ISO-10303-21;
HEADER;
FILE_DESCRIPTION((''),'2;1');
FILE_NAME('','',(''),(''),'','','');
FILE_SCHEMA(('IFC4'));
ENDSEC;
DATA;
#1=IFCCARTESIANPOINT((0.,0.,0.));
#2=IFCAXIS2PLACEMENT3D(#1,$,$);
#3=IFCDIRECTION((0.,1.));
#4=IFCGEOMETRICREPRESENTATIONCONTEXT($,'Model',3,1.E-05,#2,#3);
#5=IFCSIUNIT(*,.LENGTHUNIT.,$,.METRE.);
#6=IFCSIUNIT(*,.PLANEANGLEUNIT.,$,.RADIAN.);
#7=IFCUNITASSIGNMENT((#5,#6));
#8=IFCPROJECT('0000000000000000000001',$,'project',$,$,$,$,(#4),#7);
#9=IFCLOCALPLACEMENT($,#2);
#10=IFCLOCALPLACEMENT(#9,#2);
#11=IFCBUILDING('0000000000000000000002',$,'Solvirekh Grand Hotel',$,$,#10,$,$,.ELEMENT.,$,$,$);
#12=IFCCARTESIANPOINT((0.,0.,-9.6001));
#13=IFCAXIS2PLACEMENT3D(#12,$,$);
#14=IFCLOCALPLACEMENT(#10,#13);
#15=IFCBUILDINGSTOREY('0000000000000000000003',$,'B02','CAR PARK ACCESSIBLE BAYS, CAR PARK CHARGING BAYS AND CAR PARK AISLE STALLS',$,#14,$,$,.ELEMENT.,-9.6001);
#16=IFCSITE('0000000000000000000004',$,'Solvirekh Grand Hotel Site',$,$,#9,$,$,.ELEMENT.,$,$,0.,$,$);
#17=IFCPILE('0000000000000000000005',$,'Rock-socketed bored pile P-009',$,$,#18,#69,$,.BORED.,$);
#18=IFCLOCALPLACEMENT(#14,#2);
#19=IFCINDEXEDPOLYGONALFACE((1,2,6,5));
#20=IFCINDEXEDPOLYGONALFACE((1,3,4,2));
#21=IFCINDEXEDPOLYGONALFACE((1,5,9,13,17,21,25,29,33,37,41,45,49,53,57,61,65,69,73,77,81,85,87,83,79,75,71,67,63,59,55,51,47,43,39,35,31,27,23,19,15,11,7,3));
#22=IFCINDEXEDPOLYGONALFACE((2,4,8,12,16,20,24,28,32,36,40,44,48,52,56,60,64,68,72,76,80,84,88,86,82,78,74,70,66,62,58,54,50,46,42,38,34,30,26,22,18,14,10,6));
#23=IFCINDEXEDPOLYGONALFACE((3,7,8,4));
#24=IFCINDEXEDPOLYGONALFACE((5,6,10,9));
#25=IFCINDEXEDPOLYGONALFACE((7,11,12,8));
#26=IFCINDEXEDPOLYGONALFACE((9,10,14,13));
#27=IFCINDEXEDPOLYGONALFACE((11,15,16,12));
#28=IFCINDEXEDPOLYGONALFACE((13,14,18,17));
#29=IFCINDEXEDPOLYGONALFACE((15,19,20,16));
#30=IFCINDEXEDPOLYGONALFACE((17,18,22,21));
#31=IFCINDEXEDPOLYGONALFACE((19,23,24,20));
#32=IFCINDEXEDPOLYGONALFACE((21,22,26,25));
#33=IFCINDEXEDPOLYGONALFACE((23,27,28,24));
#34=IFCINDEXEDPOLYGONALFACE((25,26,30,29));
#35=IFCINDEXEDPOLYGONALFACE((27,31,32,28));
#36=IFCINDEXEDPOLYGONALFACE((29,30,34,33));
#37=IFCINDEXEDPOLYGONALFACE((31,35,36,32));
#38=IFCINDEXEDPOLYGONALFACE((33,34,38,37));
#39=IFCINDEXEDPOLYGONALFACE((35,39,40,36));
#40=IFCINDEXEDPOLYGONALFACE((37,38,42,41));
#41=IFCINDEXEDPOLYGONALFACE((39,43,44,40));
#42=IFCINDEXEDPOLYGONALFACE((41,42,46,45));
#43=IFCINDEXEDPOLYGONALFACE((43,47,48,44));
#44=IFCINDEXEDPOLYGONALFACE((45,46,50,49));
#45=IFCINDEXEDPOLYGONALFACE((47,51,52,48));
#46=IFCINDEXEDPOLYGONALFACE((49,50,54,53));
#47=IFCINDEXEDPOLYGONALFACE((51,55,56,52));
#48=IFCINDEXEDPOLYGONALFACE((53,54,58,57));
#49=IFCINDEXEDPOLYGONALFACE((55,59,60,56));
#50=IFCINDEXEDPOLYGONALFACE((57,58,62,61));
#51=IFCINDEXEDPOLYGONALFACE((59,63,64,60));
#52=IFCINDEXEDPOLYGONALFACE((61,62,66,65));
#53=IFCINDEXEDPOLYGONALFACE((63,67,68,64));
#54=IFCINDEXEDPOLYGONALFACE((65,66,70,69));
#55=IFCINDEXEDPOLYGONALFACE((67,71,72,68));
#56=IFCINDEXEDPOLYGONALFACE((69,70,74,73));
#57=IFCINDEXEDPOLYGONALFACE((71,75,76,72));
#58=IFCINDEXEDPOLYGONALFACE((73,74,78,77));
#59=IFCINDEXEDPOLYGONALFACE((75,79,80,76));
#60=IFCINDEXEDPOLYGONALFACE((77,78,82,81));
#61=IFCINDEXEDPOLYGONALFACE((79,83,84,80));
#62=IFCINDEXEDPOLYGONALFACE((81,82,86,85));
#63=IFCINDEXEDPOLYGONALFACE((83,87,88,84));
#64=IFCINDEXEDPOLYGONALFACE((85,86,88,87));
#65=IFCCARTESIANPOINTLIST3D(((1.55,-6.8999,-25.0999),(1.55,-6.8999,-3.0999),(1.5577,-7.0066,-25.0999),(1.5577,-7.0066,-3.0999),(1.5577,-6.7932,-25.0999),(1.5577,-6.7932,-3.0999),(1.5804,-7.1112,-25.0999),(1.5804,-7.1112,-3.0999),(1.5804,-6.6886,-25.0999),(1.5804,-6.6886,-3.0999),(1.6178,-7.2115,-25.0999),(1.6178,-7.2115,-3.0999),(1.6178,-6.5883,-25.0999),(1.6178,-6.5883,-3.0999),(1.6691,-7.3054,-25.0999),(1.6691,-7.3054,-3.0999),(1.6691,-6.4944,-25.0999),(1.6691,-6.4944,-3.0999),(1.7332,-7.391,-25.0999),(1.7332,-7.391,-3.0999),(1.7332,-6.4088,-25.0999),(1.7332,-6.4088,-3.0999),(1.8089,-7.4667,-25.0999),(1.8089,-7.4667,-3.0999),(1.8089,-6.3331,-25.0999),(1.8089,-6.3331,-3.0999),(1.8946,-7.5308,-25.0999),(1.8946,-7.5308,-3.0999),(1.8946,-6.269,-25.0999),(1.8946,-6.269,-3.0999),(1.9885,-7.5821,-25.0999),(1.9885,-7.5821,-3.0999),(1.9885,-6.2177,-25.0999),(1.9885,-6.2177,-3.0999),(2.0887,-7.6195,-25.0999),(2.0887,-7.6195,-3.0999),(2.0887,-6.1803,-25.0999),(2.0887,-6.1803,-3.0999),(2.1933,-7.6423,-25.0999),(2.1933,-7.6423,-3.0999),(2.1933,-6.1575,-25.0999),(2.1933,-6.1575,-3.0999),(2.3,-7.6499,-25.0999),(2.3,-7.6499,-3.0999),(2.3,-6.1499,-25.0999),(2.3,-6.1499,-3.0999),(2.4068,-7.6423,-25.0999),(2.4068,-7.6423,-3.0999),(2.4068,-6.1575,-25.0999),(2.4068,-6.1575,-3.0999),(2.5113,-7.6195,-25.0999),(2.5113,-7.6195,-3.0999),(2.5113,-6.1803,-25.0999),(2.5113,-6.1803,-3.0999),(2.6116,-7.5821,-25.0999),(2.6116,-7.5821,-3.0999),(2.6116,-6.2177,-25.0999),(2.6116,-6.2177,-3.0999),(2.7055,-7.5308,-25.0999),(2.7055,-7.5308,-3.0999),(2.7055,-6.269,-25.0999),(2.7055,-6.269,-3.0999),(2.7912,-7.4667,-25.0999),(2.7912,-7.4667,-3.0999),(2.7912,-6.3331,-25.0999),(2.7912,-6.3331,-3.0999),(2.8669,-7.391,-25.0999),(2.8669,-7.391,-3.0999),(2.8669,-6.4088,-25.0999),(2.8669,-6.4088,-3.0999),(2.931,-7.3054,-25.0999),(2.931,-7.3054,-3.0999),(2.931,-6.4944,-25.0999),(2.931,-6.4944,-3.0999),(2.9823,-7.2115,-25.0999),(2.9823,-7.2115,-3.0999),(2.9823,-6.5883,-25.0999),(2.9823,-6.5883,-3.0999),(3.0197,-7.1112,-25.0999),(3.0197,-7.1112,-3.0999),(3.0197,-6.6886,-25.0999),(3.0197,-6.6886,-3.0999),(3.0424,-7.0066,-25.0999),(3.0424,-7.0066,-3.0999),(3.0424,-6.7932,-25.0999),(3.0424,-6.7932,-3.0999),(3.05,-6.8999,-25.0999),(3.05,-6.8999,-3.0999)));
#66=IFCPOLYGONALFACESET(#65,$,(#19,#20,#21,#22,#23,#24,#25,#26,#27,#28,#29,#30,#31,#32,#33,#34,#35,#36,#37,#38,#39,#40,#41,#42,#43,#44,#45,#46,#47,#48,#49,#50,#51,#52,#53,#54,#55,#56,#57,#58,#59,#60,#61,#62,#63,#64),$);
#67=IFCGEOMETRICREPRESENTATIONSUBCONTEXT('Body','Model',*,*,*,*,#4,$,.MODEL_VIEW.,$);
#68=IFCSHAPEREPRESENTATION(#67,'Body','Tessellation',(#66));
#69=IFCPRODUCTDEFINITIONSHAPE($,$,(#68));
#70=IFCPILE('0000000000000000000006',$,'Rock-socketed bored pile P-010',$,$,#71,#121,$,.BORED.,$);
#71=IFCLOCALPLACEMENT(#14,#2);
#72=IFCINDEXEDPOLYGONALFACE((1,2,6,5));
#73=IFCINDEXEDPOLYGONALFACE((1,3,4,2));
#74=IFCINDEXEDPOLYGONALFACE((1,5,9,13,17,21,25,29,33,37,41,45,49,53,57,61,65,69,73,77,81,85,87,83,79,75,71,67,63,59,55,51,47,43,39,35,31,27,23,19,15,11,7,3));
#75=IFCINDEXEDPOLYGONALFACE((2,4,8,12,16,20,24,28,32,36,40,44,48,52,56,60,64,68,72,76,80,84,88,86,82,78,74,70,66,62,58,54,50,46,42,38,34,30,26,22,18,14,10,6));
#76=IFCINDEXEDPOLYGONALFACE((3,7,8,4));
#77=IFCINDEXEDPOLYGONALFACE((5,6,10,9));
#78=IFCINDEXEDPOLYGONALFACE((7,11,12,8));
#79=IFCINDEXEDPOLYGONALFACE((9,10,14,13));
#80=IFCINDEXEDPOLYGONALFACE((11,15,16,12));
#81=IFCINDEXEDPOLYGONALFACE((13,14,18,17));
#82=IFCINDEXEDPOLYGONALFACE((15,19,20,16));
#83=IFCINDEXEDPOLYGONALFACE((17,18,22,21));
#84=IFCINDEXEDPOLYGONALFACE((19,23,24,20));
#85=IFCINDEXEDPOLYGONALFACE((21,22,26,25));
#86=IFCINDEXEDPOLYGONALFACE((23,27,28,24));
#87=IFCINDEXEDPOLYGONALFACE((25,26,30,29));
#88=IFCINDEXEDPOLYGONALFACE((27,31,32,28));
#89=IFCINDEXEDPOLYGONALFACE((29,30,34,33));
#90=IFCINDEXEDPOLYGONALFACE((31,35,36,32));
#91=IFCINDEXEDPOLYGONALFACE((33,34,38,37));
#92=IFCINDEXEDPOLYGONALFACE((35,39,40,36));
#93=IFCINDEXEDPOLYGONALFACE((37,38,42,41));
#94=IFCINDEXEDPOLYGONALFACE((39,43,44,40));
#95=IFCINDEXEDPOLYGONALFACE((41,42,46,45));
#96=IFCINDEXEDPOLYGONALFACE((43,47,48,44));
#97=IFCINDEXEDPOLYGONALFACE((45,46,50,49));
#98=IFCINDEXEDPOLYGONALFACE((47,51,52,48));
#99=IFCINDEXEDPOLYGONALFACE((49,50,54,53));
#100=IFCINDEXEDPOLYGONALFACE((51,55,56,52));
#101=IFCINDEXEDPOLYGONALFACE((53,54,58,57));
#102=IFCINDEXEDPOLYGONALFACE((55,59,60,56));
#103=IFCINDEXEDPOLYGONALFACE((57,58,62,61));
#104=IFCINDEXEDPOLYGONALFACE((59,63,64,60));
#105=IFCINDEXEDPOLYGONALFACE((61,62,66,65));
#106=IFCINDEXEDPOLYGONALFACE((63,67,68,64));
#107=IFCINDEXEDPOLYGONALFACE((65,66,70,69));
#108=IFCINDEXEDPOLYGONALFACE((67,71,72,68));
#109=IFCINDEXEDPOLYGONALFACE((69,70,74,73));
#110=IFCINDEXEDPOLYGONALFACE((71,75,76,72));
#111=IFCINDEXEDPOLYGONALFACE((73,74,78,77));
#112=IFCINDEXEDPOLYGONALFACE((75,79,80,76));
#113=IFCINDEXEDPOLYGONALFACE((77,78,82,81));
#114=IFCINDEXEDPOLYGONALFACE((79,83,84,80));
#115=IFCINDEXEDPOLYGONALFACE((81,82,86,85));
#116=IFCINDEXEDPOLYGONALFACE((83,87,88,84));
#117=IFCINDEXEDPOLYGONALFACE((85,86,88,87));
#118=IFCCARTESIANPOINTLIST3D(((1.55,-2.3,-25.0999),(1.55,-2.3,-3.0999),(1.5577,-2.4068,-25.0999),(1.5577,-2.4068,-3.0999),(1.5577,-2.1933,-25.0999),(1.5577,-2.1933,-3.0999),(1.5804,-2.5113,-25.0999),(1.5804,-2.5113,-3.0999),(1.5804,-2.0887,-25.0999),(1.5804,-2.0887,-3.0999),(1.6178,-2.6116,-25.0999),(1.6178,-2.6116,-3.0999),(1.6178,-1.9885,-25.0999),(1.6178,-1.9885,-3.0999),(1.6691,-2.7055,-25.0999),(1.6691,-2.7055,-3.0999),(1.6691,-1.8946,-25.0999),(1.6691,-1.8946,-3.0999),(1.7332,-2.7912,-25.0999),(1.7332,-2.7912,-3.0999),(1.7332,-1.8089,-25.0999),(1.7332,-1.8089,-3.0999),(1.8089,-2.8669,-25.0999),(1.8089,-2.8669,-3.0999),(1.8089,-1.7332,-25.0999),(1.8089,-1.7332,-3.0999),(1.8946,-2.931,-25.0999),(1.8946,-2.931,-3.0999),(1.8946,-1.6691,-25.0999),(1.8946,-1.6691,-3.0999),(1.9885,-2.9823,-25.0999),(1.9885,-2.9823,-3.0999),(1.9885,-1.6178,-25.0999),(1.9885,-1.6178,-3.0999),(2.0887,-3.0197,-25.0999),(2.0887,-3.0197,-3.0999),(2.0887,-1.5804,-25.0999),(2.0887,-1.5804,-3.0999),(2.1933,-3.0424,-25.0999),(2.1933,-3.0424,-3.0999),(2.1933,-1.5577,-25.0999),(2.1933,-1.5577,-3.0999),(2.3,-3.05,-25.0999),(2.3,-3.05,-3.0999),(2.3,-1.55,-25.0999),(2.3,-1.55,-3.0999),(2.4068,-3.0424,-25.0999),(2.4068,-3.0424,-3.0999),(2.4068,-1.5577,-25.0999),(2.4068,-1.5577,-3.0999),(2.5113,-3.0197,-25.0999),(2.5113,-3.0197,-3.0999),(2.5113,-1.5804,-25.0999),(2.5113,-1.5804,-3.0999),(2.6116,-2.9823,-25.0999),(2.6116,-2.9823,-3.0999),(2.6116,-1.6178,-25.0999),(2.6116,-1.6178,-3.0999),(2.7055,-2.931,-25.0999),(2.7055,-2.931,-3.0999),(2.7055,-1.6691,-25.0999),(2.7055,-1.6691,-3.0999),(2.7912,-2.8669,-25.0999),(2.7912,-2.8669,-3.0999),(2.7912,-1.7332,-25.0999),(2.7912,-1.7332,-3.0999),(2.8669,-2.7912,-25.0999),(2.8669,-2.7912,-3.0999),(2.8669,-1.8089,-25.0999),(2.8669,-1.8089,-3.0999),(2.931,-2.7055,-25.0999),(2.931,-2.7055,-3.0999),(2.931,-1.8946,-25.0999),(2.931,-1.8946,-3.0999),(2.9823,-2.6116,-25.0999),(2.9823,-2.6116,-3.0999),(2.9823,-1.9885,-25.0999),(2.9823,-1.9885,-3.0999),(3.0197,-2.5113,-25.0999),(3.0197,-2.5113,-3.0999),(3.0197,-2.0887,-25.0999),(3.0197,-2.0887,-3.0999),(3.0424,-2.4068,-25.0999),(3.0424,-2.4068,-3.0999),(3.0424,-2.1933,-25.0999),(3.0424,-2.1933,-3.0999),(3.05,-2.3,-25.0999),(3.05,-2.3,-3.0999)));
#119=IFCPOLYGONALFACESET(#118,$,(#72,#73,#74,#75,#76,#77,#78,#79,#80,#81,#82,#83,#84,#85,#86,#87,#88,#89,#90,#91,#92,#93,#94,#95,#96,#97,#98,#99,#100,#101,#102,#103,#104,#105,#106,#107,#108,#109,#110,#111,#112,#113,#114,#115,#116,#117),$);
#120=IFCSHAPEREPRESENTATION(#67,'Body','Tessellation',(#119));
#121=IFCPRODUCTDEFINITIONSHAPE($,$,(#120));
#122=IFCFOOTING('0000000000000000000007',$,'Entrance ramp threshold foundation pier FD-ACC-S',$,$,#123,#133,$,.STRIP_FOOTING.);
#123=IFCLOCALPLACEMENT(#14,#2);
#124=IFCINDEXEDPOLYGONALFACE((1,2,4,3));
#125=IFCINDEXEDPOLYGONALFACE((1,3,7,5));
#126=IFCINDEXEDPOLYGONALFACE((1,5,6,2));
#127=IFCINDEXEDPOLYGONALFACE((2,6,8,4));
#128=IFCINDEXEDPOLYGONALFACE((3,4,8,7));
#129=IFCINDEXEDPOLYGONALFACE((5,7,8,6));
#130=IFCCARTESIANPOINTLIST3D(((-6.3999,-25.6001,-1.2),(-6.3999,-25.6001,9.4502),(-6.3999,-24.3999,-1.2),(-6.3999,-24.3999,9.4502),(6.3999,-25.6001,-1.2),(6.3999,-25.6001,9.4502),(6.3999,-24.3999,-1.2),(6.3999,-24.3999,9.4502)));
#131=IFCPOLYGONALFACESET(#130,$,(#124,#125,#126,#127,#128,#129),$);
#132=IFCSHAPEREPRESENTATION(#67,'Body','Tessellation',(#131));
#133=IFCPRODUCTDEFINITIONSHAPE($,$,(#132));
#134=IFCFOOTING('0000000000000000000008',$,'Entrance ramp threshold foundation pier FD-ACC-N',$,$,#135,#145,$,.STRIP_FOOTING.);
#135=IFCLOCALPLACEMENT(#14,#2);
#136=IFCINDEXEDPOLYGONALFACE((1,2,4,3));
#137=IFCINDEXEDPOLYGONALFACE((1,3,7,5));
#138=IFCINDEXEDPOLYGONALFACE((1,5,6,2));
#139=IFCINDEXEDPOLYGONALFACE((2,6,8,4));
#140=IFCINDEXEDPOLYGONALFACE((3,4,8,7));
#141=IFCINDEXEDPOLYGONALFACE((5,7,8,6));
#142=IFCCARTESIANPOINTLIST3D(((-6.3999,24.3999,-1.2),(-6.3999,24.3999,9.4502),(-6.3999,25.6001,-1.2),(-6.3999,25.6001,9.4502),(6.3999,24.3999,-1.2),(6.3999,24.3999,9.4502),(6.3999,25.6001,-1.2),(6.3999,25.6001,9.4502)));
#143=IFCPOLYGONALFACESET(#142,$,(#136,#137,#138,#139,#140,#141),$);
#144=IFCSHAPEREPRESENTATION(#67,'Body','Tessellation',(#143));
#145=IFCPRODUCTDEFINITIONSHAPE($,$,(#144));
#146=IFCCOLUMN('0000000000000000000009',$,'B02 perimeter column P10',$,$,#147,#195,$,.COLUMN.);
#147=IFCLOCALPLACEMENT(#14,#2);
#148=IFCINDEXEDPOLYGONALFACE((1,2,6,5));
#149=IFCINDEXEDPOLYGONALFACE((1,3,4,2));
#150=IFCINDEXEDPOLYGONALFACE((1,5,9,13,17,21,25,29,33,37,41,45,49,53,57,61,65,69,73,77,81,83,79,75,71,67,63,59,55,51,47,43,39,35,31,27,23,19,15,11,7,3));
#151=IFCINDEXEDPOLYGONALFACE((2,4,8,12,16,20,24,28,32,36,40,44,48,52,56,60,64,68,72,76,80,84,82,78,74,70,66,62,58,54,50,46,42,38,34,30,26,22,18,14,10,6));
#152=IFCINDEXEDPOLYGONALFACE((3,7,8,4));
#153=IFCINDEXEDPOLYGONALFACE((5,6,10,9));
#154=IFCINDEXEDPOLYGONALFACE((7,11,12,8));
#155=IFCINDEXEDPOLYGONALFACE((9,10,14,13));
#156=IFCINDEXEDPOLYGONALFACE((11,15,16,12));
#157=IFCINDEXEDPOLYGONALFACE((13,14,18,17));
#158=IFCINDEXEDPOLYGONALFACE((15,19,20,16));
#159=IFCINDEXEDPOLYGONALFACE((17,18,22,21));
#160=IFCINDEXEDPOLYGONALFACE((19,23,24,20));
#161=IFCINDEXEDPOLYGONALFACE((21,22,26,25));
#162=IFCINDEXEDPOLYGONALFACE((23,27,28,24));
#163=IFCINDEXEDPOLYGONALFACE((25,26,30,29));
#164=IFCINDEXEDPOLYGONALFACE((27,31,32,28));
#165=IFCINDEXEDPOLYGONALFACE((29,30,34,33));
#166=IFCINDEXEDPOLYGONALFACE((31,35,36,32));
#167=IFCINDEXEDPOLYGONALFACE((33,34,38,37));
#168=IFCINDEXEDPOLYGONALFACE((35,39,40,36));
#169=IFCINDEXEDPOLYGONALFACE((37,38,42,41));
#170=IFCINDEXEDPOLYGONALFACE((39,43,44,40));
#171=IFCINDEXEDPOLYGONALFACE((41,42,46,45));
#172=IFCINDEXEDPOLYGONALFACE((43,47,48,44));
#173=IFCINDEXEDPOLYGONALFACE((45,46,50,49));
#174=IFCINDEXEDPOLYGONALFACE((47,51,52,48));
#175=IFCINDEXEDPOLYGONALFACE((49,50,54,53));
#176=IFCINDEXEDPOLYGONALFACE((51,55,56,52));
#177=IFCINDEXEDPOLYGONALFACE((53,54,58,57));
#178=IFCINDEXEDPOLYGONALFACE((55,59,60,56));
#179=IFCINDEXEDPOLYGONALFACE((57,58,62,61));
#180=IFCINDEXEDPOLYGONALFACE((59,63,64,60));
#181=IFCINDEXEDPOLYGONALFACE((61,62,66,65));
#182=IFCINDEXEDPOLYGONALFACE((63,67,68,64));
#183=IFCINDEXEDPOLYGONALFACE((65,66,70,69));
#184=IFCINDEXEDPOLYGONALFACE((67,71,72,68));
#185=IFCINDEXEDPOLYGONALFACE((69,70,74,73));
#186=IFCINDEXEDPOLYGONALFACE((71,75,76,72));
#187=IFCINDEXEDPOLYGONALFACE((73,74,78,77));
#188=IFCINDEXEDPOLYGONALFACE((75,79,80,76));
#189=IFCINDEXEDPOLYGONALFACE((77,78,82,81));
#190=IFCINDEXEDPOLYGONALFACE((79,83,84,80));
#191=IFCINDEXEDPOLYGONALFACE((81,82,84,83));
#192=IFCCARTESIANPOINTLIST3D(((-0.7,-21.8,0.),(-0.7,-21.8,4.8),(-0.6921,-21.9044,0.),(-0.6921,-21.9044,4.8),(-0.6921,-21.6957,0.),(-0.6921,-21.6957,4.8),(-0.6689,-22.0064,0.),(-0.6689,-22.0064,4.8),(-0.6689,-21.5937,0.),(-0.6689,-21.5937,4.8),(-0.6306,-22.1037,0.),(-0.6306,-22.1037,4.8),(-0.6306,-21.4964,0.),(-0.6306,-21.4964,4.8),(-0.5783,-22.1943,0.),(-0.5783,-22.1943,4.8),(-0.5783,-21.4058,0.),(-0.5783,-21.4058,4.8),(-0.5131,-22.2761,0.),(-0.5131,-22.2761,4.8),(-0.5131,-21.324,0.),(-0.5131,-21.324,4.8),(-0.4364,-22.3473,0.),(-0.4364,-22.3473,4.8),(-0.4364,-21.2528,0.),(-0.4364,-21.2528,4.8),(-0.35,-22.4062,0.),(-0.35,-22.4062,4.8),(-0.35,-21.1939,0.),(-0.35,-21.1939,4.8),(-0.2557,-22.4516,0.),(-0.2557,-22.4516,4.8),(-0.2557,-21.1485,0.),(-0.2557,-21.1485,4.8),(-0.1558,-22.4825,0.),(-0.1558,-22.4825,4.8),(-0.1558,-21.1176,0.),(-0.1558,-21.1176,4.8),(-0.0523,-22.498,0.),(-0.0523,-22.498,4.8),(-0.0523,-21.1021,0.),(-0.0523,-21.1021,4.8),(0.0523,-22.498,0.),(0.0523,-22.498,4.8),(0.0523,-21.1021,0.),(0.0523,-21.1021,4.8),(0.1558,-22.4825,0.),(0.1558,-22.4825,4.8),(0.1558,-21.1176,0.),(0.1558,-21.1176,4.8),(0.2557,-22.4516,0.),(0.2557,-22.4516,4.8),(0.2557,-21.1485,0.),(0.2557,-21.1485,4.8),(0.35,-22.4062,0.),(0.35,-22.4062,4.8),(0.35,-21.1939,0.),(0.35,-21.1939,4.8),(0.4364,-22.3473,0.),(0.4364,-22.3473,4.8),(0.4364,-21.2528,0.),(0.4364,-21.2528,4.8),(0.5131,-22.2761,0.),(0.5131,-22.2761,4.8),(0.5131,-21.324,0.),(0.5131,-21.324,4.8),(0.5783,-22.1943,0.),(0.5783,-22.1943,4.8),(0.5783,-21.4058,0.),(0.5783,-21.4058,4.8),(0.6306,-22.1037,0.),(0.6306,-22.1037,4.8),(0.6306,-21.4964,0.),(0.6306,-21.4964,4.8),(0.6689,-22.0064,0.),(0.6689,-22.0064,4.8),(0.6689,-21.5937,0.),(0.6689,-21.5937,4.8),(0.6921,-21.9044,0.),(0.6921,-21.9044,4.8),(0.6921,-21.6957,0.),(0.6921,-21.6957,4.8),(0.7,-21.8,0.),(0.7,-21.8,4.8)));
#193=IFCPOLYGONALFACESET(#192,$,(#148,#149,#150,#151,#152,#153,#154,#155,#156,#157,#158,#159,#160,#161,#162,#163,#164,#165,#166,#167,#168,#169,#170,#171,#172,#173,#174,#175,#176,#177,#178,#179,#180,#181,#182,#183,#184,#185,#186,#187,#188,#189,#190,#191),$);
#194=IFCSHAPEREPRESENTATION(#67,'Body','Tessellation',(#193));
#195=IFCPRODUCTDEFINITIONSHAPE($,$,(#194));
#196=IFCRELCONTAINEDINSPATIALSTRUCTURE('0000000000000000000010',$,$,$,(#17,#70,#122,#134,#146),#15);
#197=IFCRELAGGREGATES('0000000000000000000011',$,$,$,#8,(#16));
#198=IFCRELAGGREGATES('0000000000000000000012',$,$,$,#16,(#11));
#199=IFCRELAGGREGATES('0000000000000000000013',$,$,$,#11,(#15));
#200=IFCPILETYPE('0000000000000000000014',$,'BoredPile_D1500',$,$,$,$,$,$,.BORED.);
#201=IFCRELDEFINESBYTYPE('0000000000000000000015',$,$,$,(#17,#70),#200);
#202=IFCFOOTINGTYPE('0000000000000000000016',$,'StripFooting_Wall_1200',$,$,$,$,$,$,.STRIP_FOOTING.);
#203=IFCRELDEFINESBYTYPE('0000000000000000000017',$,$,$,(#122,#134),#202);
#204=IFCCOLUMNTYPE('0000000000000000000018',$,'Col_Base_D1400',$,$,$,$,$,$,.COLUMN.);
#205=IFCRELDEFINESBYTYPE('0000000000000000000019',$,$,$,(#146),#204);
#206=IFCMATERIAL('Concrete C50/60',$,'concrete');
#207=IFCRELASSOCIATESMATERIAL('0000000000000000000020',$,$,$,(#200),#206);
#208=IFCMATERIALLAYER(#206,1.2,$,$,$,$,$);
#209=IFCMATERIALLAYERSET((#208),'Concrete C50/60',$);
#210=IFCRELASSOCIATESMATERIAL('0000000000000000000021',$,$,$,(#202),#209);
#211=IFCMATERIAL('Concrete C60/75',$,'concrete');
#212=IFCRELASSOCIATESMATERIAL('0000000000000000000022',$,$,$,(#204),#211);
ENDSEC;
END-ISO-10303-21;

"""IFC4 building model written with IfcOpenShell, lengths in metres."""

from ifc_helpers import new_model, si_unit, direction, frame, origin, origin_2d, place, context, subcontext, project, spatial, polyline, circle, outline, extrude, material, layer, layer_set, material_profile, profile_set, type_object, element, save


model = new_model("IFC4")

# Units and contexts
model_context = context("Model", 3, precision=1e-05, world=origin(), true_north=direction((0.0, 1.0)))
body_context = subcontext(model_context, "Body", "Model", "MODEL_VIEW")
ifc_project = project(units=[si_unit("LENGTHUNIT", "METRE"), si_unit("PLANEANGLEUNIT", "RADIAN")], contexts=[model_context])

# Site, building, storey
site_placement = place(None, origin())
site = spatial("IfcSite", under=ifc_project, at=site_placement, Name="Solvirekh Grand Hotel Site", CompositionType="ELEMENT", RefElevation=0.0)
building_placement = place(site_placement, origin())
building = spatial("IfcBuilding", under=site, at=building_placement, Name="Solvirekh Grand Hotel", CompositionType="ELEMENT")
storey_placement = place(building_placement, frame((0.0, 0.0, -9.6001)))
storey = spatial("IfcBuildingStorey", under=building, at=storey_placement, Name="B02", Description="CAR PARK ACCESSIBLE BAYS, CAR PARK CHARGING BAYS AND CAR PARK AISLE STALLS", CompositionType="ELEMENT", Elevation=-9.6001)

# Piles
ifc_material_1 = material(Name="Concrete C50/60", Category="concrete")
ifc_material_profile_1 = material_profile(ifc_material_1, circle(Radius=0.75, at=origin_2d()), Name="BORED PILE D1500")
ifc_profile_set_1 = profile_set([ifc_material_profile_1], Name="Concrete C50/60")
pile_type_1 = type_object("IfcPileType", Name="BoredPile_D1500", PredefinedType="BORED", material=ifc_profile_set_1)
for number, where, z_axis, x_axis, name in (
    (1, (2.3, -6.8999, -3.0999), (0.0, 0.0, -1.0), (1.0, 0.0, 0.0), "Rock-socketed bored pile P-009"),
    (2, (2.3, -2.3, -3.0999), (0.0, 0.0, -1.0), (1.0, 0.0, 0.0), "Rock-socketed bored pile P-010"),
):
    element("IfcPile", number, at=place(storey_placement, frame(where, z_axis=z_axis, x_axis=x_axis)), inside=storey, type_object=pile_type_1, Name=name, PredefinedType="BORED", context=body_context, shape_type="SweptSolid", body=[
        extrude(circle(Radius=0.75, at=origin_2d()), origin(), (0.0, 0.0, 1.0), 22.0),
    ])

# Footings
ifc_layer_1 = layer(ifc_material_1, 1.2)
ifc_layer_set_1 = layer_set([ifc_layer_1], Name="Concrete C50/60")
footing_type = type_object("IfcFootingType", Name="StripFooting_Wall_1200", PredefinedType="STRIP_FOOTING", material=ifc_layer_set_1)
footing_1_placement = place(storey_placement, frame((0.0, 0.0, -1.2)))
element("IfcFooting", 3, at=footing_1_placement, inside=storey, type_object=footing_type, Name="Entrance ramp threshold foundation pier FD-ACC-S", PredefinedType="STRIP_FOOTING", context=body_context, shape_type="SweptSolid", body=[
    extrude(outline(polyline([(-6.3999, -25.6001), (6.3999, -25.6001), (6.3999, -24.3999), (-6.3999, -24.3999), (-6.3999, -25.6001)])), origin(), (0.0, 0.0, 1.0), 10.6501),
])
footing_2_placement = place(storey_placement, frame((0.0, 0.0, -1.2)))
element("IfcFooting", 4, at=footing_2_placement, inside=storey, type_object=footing_type, Name="Entrance ramp threshold foundation pier FD-ACC-N", PredefinedType="STRIP_FOOTING", context=body_context, shape_type="SweptSolid", body=[
    extrude(outline(polyline([(-6.3999, 24.3999), (6.3999, 24.3999), (6.3999, 25.6001), (-6.3999, 25.6001), (-6.3999, 24.3999)])), origin(), (0.0, 0.0, 1.0), 10.6501),
])

# Column
ifc_material_2 = material(Name="Concrete C60/75", Category="concrete")
ifc_material_profile_2 = material_profile(ifc_material_2, circle(Radius=0.7, at=origin_2d()), Name="RC CIRC D1400")
ifc_profile_set_2 = profile_set([ifc_material_profile_2], Name="Concrete C60/75")
column_type_1 = type_object("IfcColumnType", Name="Col_Base_D1400", PredefinedType="COLUMN", material=ifc_profile_set_2)
column_1_placement = place(storey_placement, frame((0.0, -21.8, 0.0), z_axis=(0.0, 0.0, 1.0), x_axis=(1.0, 0.0, 0.0)))
element("IfcColumn", 5, at=column_1_placement, inside=storey, type_object=column_type_1, Name="B02 perimeter column P10", PredefinedType="COLUMN", context=body_context, shape_type="SweptSolid", body=[
    extrude(circle(Radius=0.7, at=origin_2d()), origin(), (0.0, 0.0, 1.0), 4.8),
])

save(model, "model.ifc")
